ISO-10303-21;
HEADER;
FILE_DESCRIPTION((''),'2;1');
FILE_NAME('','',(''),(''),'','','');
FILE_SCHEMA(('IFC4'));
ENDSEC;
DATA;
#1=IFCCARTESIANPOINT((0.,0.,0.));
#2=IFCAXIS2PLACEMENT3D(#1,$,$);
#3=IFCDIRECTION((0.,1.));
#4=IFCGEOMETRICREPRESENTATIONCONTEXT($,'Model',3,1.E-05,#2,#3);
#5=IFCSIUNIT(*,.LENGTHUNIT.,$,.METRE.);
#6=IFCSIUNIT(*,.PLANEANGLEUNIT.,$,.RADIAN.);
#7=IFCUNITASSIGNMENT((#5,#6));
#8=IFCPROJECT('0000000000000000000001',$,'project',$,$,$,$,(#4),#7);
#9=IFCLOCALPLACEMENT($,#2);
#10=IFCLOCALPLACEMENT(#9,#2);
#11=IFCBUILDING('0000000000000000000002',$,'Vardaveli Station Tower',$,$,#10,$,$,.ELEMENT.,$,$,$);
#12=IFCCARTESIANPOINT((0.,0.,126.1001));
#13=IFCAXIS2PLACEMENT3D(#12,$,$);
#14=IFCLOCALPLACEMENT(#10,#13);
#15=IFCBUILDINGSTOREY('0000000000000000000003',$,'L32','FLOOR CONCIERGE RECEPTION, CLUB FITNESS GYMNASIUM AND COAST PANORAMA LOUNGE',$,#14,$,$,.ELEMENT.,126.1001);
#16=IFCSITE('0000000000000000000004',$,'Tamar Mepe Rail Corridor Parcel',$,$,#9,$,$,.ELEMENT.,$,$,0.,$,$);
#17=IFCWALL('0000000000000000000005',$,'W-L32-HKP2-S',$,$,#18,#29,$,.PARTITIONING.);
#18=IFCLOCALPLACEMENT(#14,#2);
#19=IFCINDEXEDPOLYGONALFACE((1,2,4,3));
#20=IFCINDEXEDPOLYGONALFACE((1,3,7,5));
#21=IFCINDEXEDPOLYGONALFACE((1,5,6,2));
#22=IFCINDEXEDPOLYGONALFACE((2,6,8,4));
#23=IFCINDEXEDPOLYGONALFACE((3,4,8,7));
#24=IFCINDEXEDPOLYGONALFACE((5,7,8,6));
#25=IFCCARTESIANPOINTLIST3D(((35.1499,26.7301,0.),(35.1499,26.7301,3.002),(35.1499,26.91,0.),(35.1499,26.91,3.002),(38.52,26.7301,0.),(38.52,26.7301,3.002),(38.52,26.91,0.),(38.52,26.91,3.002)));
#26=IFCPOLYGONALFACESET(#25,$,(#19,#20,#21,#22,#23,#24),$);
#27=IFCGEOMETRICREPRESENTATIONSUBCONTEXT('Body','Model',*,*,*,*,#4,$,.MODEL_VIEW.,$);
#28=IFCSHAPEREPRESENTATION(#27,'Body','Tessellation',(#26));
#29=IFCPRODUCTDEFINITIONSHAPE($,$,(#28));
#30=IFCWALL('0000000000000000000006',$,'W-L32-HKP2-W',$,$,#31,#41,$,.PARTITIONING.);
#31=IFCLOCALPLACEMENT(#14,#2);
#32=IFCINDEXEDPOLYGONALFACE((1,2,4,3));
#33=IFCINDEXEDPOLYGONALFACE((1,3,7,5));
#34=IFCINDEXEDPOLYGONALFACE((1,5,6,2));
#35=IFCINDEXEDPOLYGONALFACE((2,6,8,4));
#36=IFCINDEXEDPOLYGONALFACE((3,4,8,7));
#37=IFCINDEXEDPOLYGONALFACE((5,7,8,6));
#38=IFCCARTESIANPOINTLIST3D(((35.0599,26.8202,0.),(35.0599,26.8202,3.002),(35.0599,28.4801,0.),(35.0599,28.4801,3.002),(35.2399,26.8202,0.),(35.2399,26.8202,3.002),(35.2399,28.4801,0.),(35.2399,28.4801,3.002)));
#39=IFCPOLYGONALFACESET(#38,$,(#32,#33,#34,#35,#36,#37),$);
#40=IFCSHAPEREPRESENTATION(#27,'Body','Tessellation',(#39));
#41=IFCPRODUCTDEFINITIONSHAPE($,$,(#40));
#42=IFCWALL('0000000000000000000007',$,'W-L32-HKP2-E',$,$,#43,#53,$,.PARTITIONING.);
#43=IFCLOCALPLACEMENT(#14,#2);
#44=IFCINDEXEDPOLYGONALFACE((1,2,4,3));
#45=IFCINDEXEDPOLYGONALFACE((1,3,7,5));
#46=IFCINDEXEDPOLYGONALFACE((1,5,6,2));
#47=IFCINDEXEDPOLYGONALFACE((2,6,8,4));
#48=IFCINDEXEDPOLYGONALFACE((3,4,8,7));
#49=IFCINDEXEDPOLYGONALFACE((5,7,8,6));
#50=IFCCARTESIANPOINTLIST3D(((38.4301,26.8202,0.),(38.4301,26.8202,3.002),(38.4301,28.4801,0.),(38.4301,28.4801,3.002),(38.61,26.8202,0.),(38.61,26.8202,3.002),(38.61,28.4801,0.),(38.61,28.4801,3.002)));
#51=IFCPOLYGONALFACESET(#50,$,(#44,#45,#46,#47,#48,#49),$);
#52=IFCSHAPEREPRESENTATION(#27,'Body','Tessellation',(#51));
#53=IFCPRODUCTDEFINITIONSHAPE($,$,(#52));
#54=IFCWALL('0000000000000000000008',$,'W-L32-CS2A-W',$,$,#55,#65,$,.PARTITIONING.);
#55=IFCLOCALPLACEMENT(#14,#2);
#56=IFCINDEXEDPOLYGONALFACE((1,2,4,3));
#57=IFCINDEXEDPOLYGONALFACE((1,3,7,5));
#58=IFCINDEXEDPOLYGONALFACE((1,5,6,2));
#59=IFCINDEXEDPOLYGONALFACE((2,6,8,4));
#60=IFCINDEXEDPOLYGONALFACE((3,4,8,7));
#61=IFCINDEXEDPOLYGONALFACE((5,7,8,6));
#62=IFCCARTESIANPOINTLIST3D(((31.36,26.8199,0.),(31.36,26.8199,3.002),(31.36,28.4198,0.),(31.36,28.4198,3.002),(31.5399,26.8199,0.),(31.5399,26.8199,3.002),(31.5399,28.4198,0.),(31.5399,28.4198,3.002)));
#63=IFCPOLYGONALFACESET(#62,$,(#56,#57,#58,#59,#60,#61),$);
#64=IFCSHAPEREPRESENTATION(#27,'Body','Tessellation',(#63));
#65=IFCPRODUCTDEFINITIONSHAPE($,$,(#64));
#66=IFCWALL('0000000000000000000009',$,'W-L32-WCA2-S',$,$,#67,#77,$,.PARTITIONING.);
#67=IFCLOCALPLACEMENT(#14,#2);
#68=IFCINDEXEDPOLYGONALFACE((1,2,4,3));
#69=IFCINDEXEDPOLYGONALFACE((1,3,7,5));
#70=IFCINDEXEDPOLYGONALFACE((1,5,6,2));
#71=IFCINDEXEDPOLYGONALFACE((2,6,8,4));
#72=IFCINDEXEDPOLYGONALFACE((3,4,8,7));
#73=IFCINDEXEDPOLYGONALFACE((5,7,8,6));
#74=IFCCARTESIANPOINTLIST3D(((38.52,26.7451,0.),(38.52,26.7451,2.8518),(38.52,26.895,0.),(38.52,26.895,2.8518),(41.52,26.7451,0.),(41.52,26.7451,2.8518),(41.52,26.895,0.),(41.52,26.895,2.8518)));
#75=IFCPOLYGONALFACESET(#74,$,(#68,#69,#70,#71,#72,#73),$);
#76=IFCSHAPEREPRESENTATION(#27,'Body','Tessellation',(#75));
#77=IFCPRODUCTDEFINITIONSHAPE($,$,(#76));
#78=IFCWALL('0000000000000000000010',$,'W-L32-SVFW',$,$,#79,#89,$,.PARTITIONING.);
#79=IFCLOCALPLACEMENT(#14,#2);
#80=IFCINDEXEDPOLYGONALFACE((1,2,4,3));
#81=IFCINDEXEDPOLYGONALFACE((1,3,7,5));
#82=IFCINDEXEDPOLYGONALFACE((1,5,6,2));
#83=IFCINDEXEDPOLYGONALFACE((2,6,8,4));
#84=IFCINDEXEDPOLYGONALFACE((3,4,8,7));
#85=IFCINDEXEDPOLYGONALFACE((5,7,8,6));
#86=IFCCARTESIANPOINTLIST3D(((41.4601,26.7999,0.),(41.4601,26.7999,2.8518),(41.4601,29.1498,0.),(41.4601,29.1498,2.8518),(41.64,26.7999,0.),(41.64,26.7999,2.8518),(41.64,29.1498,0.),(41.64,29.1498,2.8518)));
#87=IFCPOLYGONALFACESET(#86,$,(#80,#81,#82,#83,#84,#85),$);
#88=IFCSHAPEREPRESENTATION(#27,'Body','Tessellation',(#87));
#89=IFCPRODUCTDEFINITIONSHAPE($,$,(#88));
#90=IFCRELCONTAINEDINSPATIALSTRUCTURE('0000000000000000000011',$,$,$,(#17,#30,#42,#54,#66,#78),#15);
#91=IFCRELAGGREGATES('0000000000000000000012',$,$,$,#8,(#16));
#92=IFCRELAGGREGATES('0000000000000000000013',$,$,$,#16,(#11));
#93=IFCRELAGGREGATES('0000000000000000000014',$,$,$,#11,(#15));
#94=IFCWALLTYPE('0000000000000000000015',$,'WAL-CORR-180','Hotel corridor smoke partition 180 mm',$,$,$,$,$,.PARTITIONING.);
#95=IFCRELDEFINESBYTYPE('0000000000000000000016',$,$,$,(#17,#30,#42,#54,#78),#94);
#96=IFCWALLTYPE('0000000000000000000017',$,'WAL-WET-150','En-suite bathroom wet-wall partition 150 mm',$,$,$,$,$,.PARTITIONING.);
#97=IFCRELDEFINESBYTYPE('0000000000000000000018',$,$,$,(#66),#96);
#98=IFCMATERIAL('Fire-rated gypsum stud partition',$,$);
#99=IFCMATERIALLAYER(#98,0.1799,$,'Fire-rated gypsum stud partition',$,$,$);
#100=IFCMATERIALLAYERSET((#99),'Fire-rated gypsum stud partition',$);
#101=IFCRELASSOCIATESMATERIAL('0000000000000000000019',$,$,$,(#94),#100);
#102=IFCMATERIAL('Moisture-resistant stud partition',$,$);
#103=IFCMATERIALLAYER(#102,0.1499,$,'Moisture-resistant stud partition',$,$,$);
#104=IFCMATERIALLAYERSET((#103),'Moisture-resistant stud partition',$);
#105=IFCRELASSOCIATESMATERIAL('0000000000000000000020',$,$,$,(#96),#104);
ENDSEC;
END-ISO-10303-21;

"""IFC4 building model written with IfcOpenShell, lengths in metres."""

from ifc_helpers import new_model, si_unit, direction, frame, frame_2d, origin, place, context, subcontext, project, spatial, rectangle, extrude, source, transform, mapped, material, layer, layer_set, type_object, element, save


model = new_model("IFC4")

# Units and contexts
model_context = context("Model", 3, precision=1e-05, world=origin(), true_north=direction((0.0, 1.0)))
body_context = subcontext(model_context, "Body", "Model", "MODEL_VIEW")
ifc_project = project(units=[si_unit("LENGTHUNIT", "METRE"), si_unit("PLANEANGLEUNIT", "RADIAN")], contexts=[model_context])

# Site, building, storey
site_placement = place(None, origin())
site = spatial("IfcSite", under=ifc_project, at=site_placement, Name="Tamar Mepe Rail Corridor Parcel", CompositionType="ELEMENT", RefElevation=0.0)
building_placement = place(site_placement, origin())
building = spatial("IfcBuilding", under=site, at=building_placement, Name="Vardaveli Station Tower", CompositionType="ELEMENT")
storey_placement = place(building_placement, frame((0.0, 0.0, 126.1001)))
storey = spatial("IfcBuildingStorey", under=building, at=storey_placement, Name="L32", Description="FLOOR CONCIERGE RECEPTION, CLUB FITNESS GYMNASIUM AND COAST PANORAMA LOUNGE", CompositionType="ELEMENT", Elevation=126.1001)

# Walls
ifc_material_1 = material(Name="Fire-rated gypsum stud partition")
ifc_layer_1 = layer(ifc_material_1, 0.1799, Name="Fire-rated gypsum stud partition")
ifc_layer_set_1 = layer_set([ifc_layer_1], Name="Fire-rated gypsum stud partition")
wall_type_1 = type_object("IfcWallType", Name="WAL-CORR-180", Description="Hotel corridor smoke partition 180 mm", PredefinedType="PARTITIONING", material=ifc_layer_set_1)
shared_shape_1 = source(origin(), body_context, "Body", "SweptSolid", [
    extrude(rectangle(XDim=3.3701, YDim=0.1799, at=frame_2d((1.6851, 0.0))), origin(), (0.0, 0.0, 1.0), 3.002),
])
wall_1_placement = place(storey_placement, frame((35.1499, 26.8201, 0.0), z_axis=(0.0, 0.0, 1.0), x_axis=(1.0, 0.0, 0.0)))
element("IfcWall", 1, at=wall_1_placement, inside=storey, type_object=wall_type_1, Name="W-L32-HKP2-S", PredefinedType="PARTITIONING", context=body_context, shape_type="MappedRepresentation", body=[
    mapped(shared_shape_1, transform((0.0, 0.0, 0.0), scale=1.0)),
])
shared_shape_2 = source(origin(), body_context, "Body", "SweptSolid", [
    extrude(rectangle(XDim=1.6599, YDim=0.1799, at=frame_2d((0.8301, 0.0))), origin(), (0.0, 0.0, 1.0), 3.002),
])
for number, where, z_axis, x_axis, name in (
    (2, (35.1499, 26.8201, 0.0), (0.0, 0.0, 1.0), (0.0, 1.0, 0.0), "W-L32-HKP2-W"),
    (3, (38.52, 26.8201, 0.0), (0.0, 0.0, 1.0), (0.0, 1.0, 0.0), "W-L32-HKP2-E"),
):
    element("IfcWall", number, at=place(storey_placement, frame(where, z_axis=z_axis, x_axis=x_axis)), inside=storey, type_object=wall_type_1, Name=name, PredefinedType="PARTITIONING", context=body_context, shape_type="MappedRepresentation", body=[
        mapped(shared_shape_2, transform((0.0, 0.0, 0.0), scale=1.0)),
    ])
shared_shape_3 = source(origin(), body_context, "Body", "SweptSolid", [
    extrude(rectangle(XDim=1.5999, YDim=0.1799, at=frame_2d((0.7998, 0.0))), origin(), (0.0, 0.0, 1.0), 3.002),
])
wall_2_placement = place(storey_placement, frame((31.45, 26.8201, 0.0), z_axis=(0.0, 0.0, 1.0), x_axis=(0.0, 1.0, 0.0)))
element("IfcWall", 4, at=wall_2_placement, inside=storey, type_object=wall_type_1, Name="W-L32-CS2A-W", PredefinedType="PARTITIONING", context=body_context, shape_type="MappedRepresentation", body=[
    mapped(shared_shape_3, transform((0.0, 0.0, 0.0), scale=1.0)),
])
ifc_material_2 = material(Name="Moisture-resistant stud partition")
ifc_layer_2 = layer(ifc_material_2, 0.1499, Name="Moisture-resistant stud partition")
ifc_layer_set_2 = layer_set([ifc_layer_2], Name="Moisture-resistant stud partition")
wall_type_2 = type_object("IfcWallType", Name="WAL-WET-150", Description="En-suite bathroom wet-wall partition 150 mm", PredefinedType="PARTITIONING", material=ifc_layer_set_2)
shared_shape_4 = source(origin(), body_context, "Body", "SweptSolid", [
    extrude(rectangle(XDim=3.0, YDim=0.1499, at=frame_2d((1.5, 0.0))), origin(), (0.0, 0.0, 1.0), 2.8518),
])
wall_3_placement = place(storey_placement, frame((38.52, 26.8201, 0.0), z_axis=(0.0, 0.0, 1.0), x_axis=(1.0, 0.0, 0.0)))
element("IfcWall", 5, at=wall_3_placement, inside=storey, type_object=wall_type_2, Name="W-L32-WCA2-S", PredefinedType="PARTITIONING", context=body_context, shape_type="MappedRepresentation", body=[
    mapped(shared_shape_4, transform((0.0, 0.0, 0.0), scale=1.0)),
])
shared_shape_5 = source(origin(), body_context, "Body", "SweptSolid", [
    extrude(rectangle(XDim=2.3499, YDim=0.1799, at=frame_2d((1.1748, 0.0))), origin(), (0.0, 0.0, 1.0), 2.8518),
])
wall_4_placement = place(storey_placement, frame((41.55, 26.8, 0.0), z_axis=(0.0, 0.0, 1.0), x_axis=(0.0, 1.0, 0.0)))
element("IfcWall", 6, at=wall_4_placement, inside=storey, type_object=wall_type_1, Name="W-L32-SVFW", PredefinedType="PARTITIONING", context=body_context, shape_type="MappedRepresentation", body=[
    mapped(shared_shape_5, transform((0.0, 0.0, 0.0), scale=1.0)),
])

save(model, "model.ifc")
